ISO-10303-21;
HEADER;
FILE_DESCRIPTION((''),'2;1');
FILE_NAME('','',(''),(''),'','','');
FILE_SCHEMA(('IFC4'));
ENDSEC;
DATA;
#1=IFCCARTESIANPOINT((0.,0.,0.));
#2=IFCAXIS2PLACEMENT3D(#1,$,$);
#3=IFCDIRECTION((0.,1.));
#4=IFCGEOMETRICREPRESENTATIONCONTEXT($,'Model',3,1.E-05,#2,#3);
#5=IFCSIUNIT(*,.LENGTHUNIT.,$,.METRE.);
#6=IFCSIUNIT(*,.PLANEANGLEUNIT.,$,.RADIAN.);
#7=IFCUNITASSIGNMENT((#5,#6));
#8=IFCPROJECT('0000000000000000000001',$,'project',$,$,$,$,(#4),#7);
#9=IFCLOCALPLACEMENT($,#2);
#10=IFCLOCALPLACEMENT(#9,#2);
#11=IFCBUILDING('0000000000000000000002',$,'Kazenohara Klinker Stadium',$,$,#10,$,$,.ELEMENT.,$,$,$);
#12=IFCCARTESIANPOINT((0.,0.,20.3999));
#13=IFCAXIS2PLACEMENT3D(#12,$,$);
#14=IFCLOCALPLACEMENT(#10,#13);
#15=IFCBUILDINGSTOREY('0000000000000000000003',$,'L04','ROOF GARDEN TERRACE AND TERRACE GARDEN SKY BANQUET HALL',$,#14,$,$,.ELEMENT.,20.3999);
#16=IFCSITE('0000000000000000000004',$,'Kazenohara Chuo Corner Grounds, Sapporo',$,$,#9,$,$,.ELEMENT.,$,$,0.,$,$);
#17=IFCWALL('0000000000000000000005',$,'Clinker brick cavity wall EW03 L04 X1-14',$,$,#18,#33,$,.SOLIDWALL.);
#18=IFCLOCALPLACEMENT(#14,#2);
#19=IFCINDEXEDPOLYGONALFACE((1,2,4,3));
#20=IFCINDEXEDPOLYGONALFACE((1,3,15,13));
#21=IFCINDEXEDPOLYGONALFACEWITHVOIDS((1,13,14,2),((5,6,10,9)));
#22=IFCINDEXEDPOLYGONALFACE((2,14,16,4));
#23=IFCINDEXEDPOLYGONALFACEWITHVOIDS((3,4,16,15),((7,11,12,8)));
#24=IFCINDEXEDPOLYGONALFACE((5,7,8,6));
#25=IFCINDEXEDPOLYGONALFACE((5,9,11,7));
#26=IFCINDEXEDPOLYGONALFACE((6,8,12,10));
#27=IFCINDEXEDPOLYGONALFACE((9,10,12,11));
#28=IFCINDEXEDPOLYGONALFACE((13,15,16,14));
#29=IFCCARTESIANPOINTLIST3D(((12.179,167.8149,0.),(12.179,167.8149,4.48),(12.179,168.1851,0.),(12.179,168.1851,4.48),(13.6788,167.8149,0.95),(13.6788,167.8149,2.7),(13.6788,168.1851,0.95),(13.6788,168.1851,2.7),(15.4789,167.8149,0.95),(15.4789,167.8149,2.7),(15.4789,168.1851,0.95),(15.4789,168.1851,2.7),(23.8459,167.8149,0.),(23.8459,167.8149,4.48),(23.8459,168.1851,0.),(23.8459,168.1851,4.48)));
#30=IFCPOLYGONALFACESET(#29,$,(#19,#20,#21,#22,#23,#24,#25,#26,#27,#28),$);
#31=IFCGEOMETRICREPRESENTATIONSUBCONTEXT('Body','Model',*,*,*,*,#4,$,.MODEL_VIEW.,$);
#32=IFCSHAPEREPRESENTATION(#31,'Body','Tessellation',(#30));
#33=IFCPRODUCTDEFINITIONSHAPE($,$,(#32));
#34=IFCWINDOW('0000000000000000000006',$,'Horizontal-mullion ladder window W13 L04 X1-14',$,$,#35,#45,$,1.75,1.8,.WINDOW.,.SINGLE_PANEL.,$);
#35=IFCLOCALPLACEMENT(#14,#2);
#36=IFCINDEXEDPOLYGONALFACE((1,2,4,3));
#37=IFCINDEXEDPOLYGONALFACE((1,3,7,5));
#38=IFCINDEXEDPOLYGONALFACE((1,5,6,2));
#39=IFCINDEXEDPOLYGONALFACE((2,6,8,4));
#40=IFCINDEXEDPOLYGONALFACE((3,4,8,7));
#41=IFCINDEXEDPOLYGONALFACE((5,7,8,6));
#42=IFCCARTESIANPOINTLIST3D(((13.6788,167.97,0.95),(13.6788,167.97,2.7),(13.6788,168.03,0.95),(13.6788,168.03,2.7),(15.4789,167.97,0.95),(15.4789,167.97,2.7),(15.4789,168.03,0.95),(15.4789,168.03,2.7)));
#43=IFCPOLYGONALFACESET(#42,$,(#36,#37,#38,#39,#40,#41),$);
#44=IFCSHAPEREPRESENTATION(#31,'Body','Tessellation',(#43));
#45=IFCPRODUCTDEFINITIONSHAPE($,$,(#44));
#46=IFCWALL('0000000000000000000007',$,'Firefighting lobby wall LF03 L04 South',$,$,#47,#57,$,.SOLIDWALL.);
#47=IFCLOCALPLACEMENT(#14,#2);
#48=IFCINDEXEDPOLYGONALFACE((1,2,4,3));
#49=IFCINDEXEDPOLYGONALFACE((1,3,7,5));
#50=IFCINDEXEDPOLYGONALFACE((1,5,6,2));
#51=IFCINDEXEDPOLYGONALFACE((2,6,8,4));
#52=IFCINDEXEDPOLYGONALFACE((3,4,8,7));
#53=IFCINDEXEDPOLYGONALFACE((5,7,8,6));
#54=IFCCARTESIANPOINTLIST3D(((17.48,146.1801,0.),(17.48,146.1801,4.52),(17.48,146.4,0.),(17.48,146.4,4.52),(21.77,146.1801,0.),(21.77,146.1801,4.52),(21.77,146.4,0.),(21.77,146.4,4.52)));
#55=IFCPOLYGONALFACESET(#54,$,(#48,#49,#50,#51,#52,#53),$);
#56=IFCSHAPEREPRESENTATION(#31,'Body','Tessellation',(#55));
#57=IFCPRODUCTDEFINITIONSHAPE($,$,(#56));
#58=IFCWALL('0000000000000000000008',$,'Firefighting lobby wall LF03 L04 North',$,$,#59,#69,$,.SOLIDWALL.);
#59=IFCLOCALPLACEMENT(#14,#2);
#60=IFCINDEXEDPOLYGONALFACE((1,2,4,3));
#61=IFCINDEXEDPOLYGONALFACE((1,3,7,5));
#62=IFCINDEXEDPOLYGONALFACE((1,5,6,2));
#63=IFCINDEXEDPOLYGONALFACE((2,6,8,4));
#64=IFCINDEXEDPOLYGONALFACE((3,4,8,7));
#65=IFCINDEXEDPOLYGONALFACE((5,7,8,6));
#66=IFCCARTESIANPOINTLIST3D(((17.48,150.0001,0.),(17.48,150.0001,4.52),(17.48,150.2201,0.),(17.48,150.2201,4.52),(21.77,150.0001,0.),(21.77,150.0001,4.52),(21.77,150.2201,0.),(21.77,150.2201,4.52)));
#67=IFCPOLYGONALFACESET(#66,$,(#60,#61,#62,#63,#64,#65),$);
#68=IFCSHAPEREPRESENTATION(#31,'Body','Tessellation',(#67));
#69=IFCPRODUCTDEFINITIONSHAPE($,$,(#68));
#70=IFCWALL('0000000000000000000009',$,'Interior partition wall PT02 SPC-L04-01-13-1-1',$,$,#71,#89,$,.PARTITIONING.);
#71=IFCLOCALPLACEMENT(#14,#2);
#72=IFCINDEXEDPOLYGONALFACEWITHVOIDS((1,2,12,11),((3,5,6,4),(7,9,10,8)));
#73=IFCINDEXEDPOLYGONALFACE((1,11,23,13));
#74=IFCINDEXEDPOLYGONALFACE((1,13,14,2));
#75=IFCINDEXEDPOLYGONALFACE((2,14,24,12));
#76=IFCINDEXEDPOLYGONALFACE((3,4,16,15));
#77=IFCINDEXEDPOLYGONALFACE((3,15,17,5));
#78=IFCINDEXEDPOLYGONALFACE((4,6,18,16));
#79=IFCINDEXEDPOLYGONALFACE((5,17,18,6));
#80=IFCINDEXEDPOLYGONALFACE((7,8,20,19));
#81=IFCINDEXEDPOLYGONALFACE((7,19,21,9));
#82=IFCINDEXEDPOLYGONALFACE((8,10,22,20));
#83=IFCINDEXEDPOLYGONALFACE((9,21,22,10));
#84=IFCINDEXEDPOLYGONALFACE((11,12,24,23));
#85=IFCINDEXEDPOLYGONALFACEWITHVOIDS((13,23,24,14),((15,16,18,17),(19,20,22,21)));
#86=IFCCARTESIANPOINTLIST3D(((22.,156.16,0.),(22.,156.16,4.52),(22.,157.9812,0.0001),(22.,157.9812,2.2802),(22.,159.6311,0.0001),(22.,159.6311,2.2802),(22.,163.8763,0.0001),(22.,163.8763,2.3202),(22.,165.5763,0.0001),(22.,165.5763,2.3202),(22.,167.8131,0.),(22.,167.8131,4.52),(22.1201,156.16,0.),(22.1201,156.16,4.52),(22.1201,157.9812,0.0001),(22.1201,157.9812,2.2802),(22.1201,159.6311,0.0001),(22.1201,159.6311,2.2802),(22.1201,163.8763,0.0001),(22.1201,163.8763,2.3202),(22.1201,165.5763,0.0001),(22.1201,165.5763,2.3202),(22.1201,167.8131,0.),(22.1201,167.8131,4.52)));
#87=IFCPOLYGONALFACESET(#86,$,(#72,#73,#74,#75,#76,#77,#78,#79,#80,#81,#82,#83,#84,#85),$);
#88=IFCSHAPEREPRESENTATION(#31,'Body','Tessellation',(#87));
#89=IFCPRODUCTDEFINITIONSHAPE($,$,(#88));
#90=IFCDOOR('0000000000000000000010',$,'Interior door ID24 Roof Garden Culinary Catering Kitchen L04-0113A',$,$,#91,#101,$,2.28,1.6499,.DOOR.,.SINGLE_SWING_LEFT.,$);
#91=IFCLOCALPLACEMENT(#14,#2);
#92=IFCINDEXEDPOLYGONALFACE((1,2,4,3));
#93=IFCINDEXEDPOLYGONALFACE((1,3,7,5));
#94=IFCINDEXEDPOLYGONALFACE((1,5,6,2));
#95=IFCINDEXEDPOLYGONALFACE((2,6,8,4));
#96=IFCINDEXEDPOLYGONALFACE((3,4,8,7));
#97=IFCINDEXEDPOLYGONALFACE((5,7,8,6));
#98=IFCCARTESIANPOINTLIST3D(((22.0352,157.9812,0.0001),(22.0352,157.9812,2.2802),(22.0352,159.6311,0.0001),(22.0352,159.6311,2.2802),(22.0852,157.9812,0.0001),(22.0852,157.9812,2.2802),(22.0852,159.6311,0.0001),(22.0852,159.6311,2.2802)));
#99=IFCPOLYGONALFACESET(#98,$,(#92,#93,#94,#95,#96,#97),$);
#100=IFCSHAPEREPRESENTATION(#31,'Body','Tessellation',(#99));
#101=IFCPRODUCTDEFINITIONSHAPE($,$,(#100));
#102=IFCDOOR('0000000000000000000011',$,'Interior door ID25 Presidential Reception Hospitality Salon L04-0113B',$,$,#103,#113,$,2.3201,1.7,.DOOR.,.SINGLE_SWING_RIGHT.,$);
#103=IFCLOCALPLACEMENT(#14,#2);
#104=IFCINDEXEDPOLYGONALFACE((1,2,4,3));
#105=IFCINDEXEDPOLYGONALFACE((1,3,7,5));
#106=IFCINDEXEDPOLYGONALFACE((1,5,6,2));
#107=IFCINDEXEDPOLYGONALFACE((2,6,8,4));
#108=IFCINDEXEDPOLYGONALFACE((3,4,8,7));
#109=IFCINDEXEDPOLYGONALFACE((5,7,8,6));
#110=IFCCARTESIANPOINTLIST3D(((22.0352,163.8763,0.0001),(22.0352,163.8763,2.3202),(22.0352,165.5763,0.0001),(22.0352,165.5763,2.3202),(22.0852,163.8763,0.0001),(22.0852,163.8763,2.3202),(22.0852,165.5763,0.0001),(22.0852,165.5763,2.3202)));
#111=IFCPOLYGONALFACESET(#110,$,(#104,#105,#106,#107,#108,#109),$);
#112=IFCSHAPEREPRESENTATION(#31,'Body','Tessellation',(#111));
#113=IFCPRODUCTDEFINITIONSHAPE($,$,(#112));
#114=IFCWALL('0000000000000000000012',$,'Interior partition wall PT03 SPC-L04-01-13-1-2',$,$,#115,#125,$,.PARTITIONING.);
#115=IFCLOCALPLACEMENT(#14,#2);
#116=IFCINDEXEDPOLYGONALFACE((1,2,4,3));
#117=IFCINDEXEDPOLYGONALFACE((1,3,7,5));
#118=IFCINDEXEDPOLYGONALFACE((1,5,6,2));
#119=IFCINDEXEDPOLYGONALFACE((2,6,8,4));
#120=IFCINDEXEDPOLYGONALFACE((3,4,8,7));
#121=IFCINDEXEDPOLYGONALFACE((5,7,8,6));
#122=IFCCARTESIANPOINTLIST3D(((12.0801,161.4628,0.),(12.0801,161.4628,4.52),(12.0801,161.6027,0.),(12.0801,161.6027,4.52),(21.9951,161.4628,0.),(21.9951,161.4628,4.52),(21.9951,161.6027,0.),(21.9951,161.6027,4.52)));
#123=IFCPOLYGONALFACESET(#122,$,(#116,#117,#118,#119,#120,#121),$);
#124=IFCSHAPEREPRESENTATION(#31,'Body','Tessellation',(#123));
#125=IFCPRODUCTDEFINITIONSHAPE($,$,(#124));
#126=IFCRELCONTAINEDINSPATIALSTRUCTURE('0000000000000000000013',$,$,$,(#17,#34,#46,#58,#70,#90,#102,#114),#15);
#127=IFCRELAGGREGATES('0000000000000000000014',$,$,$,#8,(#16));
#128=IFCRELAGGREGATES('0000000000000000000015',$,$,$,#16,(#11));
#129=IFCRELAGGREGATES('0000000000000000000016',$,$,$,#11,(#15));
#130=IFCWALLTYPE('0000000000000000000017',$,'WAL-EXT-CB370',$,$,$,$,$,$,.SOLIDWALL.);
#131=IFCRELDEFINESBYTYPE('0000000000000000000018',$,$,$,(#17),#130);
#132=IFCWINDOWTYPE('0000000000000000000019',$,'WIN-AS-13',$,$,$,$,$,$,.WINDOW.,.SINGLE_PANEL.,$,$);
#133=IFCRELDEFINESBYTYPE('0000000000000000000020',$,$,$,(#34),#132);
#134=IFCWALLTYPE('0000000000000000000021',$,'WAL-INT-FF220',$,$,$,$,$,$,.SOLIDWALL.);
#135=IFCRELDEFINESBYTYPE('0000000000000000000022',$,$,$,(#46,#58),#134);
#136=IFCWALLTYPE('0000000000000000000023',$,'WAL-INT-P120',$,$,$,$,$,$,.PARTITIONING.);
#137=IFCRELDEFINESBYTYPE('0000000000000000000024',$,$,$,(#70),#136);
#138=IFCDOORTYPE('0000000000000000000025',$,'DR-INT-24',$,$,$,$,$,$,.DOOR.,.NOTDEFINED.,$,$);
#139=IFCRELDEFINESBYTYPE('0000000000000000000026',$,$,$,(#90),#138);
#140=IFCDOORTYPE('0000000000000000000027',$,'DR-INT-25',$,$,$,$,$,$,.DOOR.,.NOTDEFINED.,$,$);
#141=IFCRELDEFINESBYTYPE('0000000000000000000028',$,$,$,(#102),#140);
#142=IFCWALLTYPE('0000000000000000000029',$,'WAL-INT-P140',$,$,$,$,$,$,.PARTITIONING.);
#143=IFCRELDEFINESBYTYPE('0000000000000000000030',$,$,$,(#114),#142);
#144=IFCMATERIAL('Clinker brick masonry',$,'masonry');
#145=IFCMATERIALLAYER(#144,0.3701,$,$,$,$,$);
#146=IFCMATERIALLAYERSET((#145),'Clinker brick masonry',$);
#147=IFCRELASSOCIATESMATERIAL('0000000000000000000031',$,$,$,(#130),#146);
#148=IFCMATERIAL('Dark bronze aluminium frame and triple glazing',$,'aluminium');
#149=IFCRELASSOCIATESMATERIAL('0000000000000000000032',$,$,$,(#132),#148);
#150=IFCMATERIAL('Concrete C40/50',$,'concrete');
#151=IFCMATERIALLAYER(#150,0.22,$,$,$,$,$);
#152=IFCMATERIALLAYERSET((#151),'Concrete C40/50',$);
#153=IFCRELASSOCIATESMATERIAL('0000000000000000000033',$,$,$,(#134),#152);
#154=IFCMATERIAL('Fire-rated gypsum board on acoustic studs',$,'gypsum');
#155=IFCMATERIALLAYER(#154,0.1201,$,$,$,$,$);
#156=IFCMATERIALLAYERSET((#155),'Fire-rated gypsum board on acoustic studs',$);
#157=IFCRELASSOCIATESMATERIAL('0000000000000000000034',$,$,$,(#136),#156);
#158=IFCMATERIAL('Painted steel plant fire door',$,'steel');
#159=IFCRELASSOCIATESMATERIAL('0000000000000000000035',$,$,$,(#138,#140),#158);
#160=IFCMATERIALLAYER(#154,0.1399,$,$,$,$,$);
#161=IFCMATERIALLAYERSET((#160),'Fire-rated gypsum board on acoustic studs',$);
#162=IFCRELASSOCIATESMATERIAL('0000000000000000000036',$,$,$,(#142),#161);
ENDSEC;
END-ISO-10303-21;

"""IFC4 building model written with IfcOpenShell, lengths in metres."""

from ifc_helpers import new_model, si_unit, direction, frame, frame_2d, origin, place, context, subcontext, project, spatial, rectangle, extrude, material, layer, layer_set, type_object, element, fill, save


model = new_model("IFC4")

# Units and contexts
model_context = context("Model", 3, precision=1e-05, world=origin(), true_north=direction((0.0, 1.0)))
body_context = subcontext(model_context, "Body", "Model", "MODEL_VIEW")
ifc_project = project(units=[si_unit("LENGTHUNIT", "METRE"), si_unit("PLANEANGLEUNIT", "RADIAN")], contexts=[model_context])

# Site, building, storey
site_placement = place(None, origin())
site = spatial("IfcSite", under=ifc_project, at=site_placement, Name="Kazenohara Chuo Corner Grounds, Sapporo", CompositionType="ELEMENT", RefElevation=0.0)
building_placement = place(site_placement, origin())
building = spatial("IfcBuilding", under=site, at=building_placement, Name="Kazenohara Klinker Stadium", CompositionType="ELEMENT")
storey_placement = place(building_placement, frame((0.0, 0.0, 20.3999)))
storey = spatial("IfcBuildingStorey", under=building, at=storey_placement, Name="L04", Description="ROOF GARDEN TERRACE AND TERRACE GARDEN SKY BANQUET HALL", CompositionType="ELEMENT", Elevation=20.3999)

# Shared definitions
ifc_material_1 = material(Name="Concrete C40/50", Category="concrete")

# Wall, opening, window
ifc_material_2 = material(Name="Clinker brick masonry", Category="masonry")
ifc_layer_1 = layer(ifc_material_2, 0.3701)
ifc_layer_set_1 = layer_set([ifc_layer_1], Name="Clinker brick masonry")
wall_type_1 = type_object("IfcWallType", Name="WAL-EXT-CB370", PredefinedType="SOLIDWALL", material=ifc_layer_set_1)
wall_1_placement = place(storey_placement, frame((12.179, 168.0, 0.0), z_axis=(0.0, 0.0, 1.0), x_axis=(1.0, 0.0, 0.0)))
wall_1 = element("IfcWall", 1, at=wall_1_placement, inside=storey, type_object=wall_type_1, Name="Clinker brick cavity wall EW03 L04 X1-14", PredefinedType="SOLIDWALL", context=body_context, shape_type="SweptSolid", body=[
    extrude(rectangle(XDim=11.667, YDim=0.3701, at=frame_2d((5.8335, 0.0))), origin(), (0.0, 0.0, 1.0), 4.48),
])
opening_1_placement = place(wall_1_placement, frame((1.5, 0.0, 0.95)))
opening_1 = element("IfcOpeningElement", 2, at=opening_1_placement, cuts=wall_1, PredefinedType="OPENING", context=body_context, shape_type="SweptSolid", body=[
    extrude(rectangle(XDim=1.8, YDim=1.75, at=frame_2d((0.8999, 0.875))), frame((0.0, 0.1951, 0.0), z_axis=(0.0, -1.0, 0.0), x_axis=(1.0, 0.0, 0.0)), (0.0, 0.0, 1.0), 0.3901),
])
ifc_material_3 = material(Name="Dark bronze aluminium frame and triple glazing", Category="aluminium")
window_type = type_object("IfcWindowType", Name="WIN-AS-13", PartitioningType="SINGLE_PANEL", PredefinedType="WINDOW", material=ifc_material_3)
window_placement = place(opening_1_placement, origin())
window = element("IfcWindow", 3, at=window_placement, inside=storey, type_object=window_type, Name="Horizontal-mullion ladder window W13 L04 X1-14", OverallHeight=1.75, OverallWidth=1.8, PartitioningType="SINGLE_PANEL", PredefinedType="WINDOW", context=body_context, shape_type="SweptSolid", body=[
    extrude(rectangle(XDim=1.8, YDim=1.75, at=frame_2d((0.8999, 0.875))), frame((0.0, 0.03, 0.0), z_axis=(0.0, -1.0, 0.0), x_axis=(1.0, 0.0, 0.0)), (0.0, 0.0, 1.0), 0.0601),
])
fill(opening_1, window)

# Walls
ifc_layer_2 = layer(ifc_material_1, 0.22)
ifc_layer_set_2 = layer_set([ifc_layer_2], Name="Concrete C40/50")
wall_type_2 = type_object("IfcWallType", Name="WAL-INT-FF220", PredefinedType="SOLIDWALL", material=ifc_layer_set_2)
for number, where, z_axis, x_axis, name in (
    (4, (17.48, 146.29, 0.0), (0.0, 0.0, 1.0), (1.0, 0.0, 0.0), "Firefighting lobby wall LF03 L04 South"),
    (5, (17.48, 150.1101, 0.0), (0.0, 0.0, 1.0), (1.0, 0.0, 0.0), "Firefighting lobby wall LF03 L04 North"),
):
    element("IfcWall", number, at=place(storey_placement, frame(where, z_axis=z_axis, x_axis=x_axis)), inside=storey, type_object=wall_type_2, Name=name, PredefinedType="SOLIDWALL", context=body_context, shape_type="SweptSolid", body=[
        extrude(rectangle(XDim=4.29, YDim=0.22, at=frame_2d((2.145, 0.0))), origin(), (0.0, 0.0, 1.0), 4.52),
    ])

# Wall, openings, doors
ifc_material_4 = material(Name="Fire-rated gypsum board on acoustic studs", Category="gypsum")
ifc_layer_3 = layer(ifc_material_4, 0.1201)
ifc_layer_set_3 = layer_set([ifc_layer_3], Name="Fire-rated gypsum board on acoustic studs")
wall_type_3 = type_object("IfcWallType", Name="WAL-INT-P120", PredefinedType="PARTITIONING", material=ifc_layer_set_3)
wall_2_placement = place(storey_placement, frame((22.0601, 156.1599, 0.0), z_axis=(0.0, 0.0, 1.0), x_axis=(0.0, 1.0, 0.0)))
wall_2 = element("IfcWall", 6, at=wall_2_placement, inside=storey, type_object=wall_type_3, Name="Interior partition wall PT02 SPC-L04-01-13-1-1", PredefinedType="PARTITIONING", context=body_context, shape_type="SweptSolid", body=[
    extrude(rectangle(XDim=11.6531, YDim=0.1201, at=frame_2d((5.8267, 0.0))), origin(), (0.0, 0.0, 1.0), 4.52),
])
opening_2_placement = place(wall_2_placement, frame((1.8213, 0.0, 0.0)))
opening_2 = element("IfcOpeningElement", 7, at=opening_2_placement, cuts=wall_2, PredefinedType="OPENING", context=body_context, shape_type="SweptSolid", body=[
    extrude(rectangle(XDim=1.6499, YDim=2.28, at=frame_2d((0.825, 1.1401))), frame((0.0, 0.0701, 0.0), z_axis=(0.0, -1.0, 0.0), x_axis=(1.0, 0.0, 0.0)), (0.0, 0.0, 1.0), 0.1401),
])
opening_3_placement = place(wall_2_placement, frame((7.7163, 0.0, 0.0)))
opening_3 = element("IfcOpeningElement", 8, at=opening_3_placement, cuts=wall_2, PredefinedType="OPENING", context=body_context, shape_type="SweptSolid", body=[
    extrude(rectangle(XDim=1.7, YDim=2.3201, at=frame_2d((0.8501, 1.1602))), frame((0.0, 0.0701, 0.0), z_axis=(0.0, -1.0, 0.0), x_axis=(1.0, 0.0, 0.0)), (0.0, 0.0, 1.0), 0.1401),
])
ifc_material_5 = material(Name="Painted steel plant fire door", Category="steel")
door_type_1 = type_object("IfcDoorType", Name="DR-INT-24", OperationType="NOTDEFINED", PredefinedType="DOOR", material=ifc_material_5)
door_1_placement = place(opening_2_placement, origin())
door_1 = element("IfcDoor", 9, at=door_1_placement, inside=storey, type_object=door_type_1, Name="Interior door ID24 Roof Garden Culinary Catering Kitchen L04-0113A", OperationType="SINGLE_SWING_LEFT", OverallHeight=2.28, OverallWidth=1.6499, PredefinedType="DOOR", context=body_context, shape_type="SweptSolid", body=[
    extrude(rectangle(XDim=1.6499, YDim=2.28, at=frame_2d((0.825, 1.1401))), frame((0.0, 0.0249, 0.0), z_axis=(0.0, -1.0, 0.0), x_axis=(1.0, 0.0, 0.0)), (0.0, 0.0, 1.0), 0.05),
])
fill(opening_2, door_1)
door_type_2 = type_object("IfcDoorType", Name="DR-INT-25", OperationType="NOTDEFINED", PredefinedType="DOOR", material=ifc_material_5)
door_2_placement = place(opening_3_placement, origin())
door_2 = element("IfcDoor", 10, at=door_2_placement, inside=storey, type_object=door_type_2, Name="Interior door ID25 Presidential Reception Hospitality Salon L04-0113B", OperationType="SINGLE_SWING_RIGHT", OverallHeight=2.3201, OverallWidth=1.7, PredefinedType="DOOR", context=body_context, shape_type="SweptSolid", body=[
    extrude(rectangle(XDim=1.7, YDim=2.3201, at=frame_2d((0.8501, 1.1602))), frame((0.0, 0.0249, 0.0), z_axis=(0.0, -1.0, 0.0), x_axis=(1.0, 0.0, 0.0)), (0.0, 0.0, 1.0), 0.05),
])
fill(opening_3, door_2)

# Wall
ifc_layer_4 = layer(ifc_material_4, 0.1399)
ifc_layer_set_4 = layer_set([ifc_layer_4], Name="Fire-rated gypsum board on acoustic studs")
wall_type_4 = type_object("IfcWallType", Name="WAL-INT-P140", PredefinedType="PARTITIONING", material=ifc_layer_set_4)
wall_3_placement = place(storey_placement, frame((12.0801, 161.5327, 0.0), z_axis=(0.0, 0.0, 1.0), x_axis=(1.0, 0.0, 0.0)))
element("IfcWall", 11, at=wall_3_placement, inside=storey, type_object=wall_type_4, Name="Interior partition wall PT03 SPC-L04-01-13-1-2", PredefinedType="PARTITIONING", context=body_context, shape_type="SweptSolid", body=[
    extrude(rectangle(XDim=9.915, YDim=0.1399, at=frame_2d((4.9575, 0.0))), origin(), (0.0, 0.0, 1.0), 4.52),
])

save(model, "model.ifc")
